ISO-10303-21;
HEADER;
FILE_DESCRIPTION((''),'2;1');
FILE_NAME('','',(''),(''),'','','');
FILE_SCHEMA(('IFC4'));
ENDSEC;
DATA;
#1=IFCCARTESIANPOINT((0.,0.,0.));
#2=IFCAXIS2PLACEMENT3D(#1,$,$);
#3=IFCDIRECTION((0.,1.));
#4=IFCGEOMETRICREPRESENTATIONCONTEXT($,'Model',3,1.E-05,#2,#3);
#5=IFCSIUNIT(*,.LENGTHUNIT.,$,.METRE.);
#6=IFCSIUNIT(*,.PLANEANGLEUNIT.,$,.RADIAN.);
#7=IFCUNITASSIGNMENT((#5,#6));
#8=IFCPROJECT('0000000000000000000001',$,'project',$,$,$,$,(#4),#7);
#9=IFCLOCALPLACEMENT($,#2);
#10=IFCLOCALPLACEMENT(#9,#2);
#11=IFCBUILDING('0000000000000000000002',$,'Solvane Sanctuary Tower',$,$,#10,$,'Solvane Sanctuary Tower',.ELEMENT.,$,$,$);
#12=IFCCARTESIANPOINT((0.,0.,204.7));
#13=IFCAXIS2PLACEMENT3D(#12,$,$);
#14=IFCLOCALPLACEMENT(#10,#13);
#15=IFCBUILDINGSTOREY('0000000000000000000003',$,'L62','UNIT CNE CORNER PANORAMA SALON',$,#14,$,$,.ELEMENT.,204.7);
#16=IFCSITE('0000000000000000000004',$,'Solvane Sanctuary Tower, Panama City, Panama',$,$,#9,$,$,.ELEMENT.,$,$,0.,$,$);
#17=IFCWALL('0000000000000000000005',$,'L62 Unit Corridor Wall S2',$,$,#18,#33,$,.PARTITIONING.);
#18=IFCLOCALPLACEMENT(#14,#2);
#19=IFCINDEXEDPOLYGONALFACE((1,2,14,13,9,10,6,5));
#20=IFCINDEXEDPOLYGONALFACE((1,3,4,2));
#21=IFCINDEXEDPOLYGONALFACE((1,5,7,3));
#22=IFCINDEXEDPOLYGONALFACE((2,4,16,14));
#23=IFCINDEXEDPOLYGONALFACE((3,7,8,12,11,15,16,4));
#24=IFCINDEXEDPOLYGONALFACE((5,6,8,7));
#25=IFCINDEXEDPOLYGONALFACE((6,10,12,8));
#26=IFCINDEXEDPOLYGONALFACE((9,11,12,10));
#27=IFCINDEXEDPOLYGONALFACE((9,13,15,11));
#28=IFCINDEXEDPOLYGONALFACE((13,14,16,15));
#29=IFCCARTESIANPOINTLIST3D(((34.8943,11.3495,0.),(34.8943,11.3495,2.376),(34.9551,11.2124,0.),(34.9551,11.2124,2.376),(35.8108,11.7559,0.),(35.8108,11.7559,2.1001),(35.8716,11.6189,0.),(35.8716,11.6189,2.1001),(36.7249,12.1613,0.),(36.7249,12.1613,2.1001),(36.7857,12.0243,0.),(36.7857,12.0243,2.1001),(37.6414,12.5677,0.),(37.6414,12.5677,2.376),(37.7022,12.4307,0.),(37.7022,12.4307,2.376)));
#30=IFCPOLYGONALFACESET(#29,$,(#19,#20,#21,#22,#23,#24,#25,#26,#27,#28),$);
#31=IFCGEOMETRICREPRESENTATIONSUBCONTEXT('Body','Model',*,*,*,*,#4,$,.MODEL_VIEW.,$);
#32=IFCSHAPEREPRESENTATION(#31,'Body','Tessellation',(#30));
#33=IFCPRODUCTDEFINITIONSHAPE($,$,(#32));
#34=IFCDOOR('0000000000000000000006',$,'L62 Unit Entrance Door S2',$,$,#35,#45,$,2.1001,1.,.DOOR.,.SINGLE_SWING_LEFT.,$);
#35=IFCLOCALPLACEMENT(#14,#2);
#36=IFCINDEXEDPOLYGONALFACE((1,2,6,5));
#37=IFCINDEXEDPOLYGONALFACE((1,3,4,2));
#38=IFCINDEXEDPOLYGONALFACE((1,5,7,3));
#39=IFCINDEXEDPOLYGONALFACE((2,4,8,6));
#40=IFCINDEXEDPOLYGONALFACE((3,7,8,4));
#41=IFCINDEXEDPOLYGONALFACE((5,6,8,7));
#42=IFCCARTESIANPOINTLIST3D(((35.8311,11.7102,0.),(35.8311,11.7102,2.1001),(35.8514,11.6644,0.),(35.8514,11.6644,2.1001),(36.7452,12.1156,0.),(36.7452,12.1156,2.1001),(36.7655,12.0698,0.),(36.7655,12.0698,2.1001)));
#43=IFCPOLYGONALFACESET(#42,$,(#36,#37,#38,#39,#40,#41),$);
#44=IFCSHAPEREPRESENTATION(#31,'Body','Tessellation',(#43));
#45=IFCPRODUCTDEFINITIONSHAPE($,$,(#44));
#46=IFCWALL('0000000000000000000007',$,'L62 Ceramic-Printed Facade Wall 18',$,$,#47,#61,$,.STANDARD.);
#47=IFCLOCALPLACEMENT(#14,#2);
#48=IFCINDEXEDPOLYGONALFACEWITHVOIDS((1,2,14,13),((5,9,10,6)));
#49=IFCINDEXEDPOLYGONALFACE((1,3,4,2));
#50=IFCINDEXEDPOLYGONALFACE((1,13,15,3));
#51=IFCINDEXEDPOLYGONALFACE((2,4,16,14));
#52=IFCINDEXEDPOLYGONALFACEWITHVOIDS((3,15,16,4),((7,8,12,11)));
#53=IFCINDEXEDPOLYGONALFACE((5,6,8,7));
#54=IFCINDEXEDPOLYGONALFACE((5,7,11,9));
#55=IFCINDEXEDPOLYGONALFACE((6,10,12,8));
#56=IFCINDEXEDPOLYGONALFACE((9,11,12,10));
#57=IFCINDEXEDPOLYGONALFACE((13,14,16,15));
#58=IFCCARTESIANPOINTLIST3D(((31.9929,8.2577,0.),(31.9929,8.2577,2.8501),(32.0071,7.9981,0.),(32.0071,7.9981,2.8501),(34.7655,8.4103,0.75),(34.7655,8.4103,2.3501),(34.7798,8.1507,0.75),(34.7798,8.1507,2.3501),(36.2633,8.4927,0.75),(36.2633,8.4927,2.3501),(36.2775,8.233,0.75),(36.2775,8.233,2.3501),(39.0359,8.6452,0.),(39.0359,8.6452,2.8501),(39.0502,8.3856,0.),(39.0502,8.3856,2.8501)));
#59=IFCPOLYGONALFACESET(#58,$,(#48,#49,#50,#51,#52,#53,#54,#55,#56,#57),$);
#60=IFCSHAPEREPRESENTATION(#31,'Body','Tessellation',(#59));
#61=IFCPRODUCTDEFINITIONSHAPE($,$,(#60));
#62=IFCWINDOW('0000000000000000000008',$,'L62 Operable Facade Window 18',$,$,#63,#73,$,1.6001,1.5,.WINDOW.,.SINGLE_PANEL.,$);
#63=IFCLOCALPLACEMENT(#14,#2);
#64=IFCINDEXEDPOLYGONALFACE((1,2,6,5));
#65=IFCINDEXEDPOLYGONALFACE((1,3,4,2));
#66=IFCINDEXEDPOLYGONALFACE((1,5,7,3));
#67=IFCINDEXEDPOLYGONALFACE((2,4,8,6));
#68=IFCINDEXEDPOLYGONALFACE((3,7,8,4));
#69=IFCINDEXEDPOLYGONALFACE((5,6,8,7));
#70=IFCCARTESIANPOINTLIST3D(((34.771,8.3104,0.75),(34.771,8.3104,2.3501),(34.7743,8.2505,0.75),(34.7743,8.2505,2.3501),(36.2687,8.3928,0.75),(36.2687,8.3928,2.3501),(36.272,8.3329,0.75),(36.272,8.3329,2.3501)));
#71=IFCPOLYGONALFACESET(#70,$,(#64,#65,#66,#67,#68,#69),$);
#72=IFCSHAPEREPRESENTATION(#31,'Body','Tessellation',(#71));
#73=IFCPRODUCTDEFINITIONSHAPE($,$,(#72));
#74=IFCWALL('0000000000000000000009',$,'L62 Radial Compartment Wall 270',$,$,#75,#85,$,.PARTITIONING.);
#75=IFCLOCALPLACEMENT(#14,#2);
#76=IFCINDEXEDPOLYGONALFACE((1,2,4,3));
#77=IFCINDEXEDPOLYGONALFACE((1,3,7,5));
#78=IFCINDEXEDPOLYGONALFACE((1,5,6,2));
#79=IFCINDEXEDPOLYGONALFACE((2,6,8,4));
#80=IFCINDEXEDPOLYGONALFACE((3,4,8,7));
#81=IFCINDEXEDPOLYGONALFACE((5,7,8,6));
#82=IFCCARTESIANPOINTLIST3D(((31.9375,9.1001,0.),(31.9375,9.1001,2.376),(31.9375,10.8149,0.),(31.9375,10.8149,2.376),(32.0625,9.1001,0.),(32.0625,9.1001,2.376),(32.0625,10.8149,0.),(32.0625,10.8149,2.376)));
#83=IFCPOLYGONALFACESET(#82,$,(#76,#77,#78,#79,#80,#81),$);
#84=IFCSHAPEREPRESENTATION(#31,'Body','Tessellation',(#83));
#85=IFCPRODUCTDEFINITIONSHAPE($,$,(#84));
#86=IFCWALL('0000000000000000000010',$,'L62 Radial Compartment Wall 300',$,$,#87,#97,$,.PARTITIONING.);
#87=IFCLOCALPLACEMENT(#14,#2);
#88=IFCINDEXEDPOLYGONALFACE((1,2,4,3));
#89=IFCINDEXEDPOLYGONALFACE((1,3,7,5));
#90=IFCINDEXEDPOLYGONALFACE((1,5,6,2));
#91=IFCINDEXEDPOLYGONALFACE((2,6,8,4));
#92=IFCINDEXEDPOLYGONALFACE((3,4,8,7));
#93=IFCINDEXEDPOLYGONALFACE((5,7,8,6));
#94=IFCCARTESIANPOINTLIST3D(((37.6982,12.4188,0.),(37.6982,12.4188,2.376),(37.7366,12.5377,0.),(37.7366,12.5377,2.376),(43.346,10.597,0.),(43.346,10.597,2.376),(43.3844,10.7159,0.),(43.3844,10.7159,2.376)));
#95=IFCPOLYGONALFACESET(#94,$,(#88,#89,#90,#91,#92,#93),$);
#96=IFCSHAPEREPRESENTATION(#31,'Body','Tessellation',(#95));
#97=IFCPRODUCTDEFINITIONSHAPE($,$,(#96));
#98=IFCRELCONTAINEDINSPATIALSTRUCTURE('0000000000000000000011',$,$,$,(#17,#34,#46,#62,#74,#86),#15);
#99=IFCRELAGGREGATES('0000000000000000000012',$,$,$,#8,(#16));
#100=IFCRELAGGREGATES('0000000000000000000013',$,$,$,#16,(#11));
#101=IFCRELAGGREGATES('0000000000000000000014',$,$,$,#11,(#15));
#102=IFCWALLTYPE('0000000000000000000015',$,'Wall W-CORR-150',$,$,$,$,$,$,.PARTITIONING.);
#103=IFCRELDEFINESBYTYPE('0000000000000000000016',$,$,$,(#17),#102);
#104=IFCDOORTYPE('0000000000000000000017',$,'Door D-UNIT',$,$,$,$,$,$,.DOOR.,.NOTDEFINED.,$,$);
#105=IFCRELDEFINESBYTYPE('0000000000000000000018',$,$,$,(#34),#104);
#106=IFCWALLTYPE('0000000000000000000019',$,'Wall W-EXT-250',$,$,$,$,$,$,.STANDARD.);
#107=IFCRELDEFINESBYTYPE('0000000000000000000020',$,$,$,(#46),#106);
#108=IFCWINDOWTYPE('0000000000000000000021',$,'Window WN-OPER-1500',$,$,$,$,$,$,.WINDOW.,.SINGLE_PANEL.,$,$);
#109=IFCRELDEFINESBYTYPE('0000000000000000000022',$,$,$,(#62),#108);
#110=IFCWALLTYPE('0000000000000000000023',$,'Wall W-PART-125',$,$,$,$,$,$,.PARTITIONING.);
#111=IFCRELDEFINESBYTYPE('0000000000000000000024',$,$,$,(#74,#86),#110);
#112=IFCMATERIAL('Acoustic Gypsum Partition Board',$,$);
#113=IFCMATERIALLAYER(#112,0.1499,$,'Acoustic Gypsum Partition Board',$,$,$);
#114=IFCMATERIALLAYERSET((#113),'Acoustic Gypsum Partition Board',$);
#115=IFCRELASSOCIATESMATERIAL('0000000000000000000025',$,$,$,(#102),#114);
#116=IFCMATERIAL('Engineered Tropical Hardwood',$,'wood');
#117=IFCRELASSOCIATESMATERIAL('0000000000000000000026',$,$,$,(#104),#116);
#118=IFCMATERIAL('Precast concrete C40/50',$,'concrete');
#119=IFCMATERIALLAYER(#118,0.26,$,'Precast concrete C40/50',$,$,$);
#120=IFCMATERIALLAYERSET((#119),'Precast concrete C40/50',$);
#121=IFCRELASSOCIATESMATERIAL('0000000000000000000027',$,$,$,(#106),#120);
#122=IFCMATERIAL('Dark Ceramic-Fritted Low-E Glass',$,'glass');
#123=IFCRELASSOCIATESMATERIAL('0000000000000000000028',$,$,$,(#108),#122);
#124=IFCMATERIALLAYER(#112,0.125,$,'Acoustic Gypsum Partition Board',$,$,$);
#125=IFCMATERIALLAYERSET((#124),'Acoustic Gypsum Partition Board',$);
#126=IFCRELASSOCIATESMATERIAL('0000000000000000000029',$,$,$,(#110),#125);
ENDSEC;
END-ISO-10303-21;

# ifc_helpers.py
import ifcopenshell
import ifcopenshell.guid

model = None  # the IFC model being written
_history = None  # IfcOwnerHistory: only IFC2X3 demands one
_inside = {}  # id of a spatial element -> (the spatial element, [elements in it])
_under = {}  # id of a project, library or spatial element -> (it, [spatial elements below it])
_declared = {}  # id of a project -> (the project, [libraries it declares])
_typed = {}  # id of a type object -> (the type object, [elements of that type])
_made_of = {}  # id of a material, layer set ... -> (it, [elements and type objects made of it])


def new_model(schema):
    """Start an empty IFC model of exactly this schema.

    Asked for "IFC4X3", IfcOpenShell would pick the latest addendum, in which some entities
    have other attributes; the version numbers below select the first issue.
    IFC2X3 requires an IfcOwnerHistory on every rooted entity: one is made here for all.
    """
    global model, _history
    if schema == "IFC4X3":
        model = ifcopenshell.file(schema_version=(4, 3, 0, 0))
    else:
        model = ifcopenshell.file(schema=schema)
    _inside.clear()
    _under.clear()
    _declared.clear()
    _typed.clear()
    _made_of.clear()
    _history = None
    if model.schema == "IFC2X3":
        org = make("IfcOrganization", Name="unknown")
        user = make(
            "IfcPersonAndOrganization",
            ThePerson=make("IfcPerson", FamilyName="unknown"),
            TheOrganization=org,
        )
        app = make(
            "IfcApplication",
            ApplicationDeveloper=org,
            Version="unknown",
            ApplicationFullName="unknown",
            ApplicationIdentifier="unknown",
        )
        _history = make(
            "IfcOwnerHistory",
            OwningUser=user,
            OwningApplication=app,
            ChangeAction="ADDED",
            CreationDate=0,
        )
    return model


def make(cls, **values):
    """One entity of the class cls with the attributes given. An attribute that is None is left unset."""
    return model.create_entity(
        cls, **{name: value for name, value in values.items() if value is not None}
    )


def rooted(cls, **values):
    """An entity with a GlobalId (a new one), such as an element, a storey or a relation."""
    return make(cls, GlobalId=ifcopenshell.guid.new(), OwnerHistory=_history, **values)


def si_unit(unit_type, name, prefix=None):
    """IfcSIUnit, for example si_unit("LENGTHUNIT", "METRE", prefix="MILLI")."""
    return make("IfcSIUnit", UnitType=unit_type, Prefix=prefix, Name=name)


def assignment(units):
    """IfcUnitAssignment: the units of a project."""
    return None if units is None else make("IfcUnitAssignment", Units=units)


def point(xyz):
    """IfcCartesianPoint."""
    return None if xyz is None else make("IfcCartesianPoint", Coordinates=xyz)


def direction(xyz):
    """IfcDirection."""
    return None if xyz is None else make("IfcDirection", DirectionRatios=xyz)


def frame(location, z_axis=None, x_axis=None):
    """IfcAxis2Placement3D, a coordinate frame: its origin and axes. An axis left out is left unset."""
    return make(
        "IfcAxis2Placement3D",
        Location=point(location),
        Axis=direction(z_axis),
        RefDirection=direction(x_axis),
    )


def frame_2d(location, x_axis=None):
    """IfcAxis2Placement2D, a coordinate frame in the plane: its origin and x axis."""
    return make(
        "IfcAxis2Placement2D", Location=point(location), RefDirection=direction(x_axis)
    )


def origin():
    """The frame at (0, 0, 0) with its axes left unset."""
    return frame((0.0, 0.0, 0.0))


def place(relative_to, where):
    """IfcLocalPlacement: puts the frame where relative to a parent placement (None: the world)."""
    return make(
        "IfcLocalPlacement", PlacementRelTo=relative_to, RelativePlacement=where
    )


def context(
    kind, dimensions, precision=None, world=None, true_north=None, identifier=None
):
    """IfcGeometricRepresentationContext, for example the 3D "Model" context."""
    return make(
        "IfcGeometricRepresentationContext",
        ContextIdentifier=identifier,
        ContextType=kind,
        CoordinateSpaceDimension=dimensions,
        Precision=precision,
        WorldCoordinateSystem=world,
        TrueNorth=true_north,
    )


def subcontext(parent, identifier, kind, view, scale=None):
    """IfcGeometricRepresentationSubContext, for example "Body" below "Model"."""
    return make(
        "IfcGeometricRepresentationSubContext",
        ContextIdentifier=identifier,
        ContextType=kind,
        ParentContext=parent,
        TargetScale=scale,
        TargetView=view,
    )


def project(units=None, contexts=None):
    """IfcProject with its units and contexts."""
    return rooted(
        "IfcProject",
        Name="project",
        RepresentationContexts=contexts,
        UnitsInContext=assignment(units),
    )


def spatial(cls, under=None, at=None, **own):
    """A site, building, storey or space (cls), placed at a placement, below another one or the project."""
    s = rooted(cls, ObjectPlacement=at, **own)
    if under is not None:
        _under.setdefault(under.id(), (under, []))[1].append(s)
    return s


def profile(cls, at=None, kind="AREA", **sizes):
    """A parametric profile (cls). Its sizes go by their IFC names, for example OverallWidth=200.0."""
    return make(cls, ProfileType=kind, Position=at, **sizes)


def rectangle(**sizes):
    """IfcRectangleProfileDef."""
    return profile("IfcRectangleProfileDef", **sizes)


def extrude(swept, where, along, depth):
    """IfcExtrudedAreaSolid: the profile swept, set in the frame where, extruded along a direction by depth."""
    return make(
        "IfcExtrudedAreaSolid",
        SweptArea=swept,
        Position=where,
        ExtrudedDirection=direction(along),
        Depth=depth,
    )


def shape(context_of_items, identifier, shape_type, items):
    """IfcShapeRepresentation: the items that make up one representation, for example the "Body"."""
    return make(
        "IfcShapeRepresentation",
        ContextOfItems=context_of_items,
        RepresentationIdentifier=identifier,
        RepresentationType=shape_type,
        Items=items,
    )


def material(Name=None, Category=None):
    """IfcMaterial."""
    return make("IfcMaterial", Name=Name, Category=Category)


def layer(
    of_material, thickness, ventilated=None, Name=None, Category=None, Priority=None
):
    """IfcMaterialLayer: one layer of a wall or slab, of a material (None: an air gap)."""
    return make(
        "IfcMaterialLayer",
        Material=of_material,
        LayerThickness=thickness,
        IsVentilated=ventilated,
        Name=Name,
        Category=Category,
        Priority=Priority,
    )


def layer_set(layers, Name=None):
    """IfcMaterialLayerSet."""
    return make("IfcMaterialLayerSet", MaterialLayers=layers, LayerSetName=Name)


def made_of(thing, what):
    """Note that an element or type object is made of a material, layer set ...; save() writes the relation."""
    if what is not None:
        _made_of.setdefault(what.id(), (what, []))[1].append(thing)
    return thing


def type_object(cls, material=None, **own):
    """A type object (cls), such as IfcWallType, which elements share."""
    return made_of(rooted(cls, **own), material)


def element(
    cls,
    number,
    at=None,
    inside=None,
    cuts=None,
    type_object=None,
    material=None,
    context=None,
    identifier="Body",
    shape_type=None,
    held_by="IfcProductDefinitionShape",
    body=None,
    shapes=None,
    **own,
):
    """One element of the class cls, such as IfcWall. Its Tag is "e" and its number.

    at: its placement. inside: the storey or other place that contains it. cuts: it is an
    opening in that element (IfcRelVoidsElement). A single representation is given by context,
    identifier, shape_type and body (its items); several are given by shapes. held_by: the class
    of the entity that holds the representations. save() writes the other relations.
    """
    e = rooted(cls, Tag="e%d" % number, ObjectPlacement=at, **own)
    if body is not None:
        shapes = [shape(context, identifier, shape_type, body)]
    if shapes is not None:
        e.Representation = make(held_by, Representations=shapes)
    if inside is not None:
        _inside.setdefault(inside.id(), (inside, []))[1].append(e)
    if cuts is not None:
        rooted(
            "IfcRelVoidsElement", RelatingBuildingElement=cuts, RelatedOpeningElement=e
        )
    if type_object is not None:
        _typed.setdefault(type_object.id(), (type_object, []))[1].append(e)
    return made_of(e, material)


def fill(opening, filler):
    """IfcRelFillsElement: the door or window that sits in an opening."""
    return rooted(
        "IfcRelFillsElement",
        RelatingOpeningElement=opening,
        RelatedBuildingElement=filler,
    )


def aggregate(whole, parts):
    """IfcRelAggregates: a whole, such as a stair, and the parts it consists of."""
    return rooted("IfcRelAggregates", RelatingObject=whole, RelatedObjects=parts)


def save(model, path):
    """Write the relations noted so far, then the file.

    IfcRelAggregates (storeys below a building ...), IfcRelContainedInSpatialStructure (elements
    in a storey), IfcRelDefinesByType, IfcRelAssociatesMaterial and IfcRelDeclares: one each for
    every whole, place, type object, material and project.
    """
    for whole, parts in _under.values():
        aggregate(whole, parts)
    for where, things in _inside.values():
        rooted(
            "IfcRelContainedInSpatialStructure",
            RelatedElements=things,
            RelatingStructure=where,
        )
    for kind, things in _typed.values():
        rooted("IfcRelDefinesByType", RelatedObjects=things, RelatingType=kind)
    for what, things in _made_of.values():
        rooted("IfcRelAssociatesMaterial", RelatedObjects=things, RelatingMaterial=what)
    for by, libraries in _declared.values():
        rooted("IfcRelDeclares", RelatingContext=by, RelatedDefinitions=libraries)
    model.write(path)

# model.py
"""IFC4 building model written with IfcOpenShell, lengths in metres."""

from ifc_helpers import new_model, si_unit, direction, frame, frame_2d, origin, place, context, subcontext, project, spatial, rectangle, extrude, material, layer, layer_set, type_object, element, fill, save


model = new_model("IFC4")

# Units and contexts
model_context = context("Model", 3, precision=1e-05, world=origin(), true_north=direction((0.0, 1.0)))
body_context = subcontext(model_context, "Body", "Model", "MODEL_VIEW")
ifc_project = project(units=[si_unit("LENGTHUNIT", "METRE"), si_unit("PLANEANGLEUNIT", "RADIAN")], contexts=[model_context])

# Site, building, storey
site_placement = place(None, origin())
site = spatial("IfcSite", under=ifc_project, at=site_placement, Name="Solvane Sanctuary Tower, Panama City, Panama", CompositionType="ELEMENT", RefElevation=0.0)
building_placement = place(site_placement, origin())
building = spatial("IfcBuilding", under=site, at=building_placement, Name="Solvane Sanctuary Tower", LongName="Solvane Sanctuary Tower", CompositionType="ELEMENT")
storey_placement = place(building_placement, frame((0.0, 0.0, 204.7)))
storey = spatial("IfcBuildingStorey", under=building, at=storey_placement, Name="L62", Description="UNIT CNE CORNER PANORAMA SALON", CompositionType="ELEMENT", Elevation=204.7)

# Shared definitions
ifc_material_1 = material(Name="Acoustic Gypsum Partition Board")
ifc_layer_1 = layer(ifc_material_1, 0.1499, Name="Acoustic Gypsum Partition Board")
ifc_layer_set_1 = layer_set([ifc_layer_1], Name="Acoustic Gypsum Partition Board")
wall_type_1 = type_object("IfcWallType", Name="Wall W-CORR-150", PredefinedType="PARTITIONING", material=ifc_layer_set_1)

# Shared definitions
ifc_material_2 = material(Name="Engineered Tropical Hardwood", Category="wood")

# Wall, opening, door
wall_1_placement = place(storey_placement, frame((34.9248, 11.281, 0.0), z_axis=(0.0, 0.0, 1.0), x_axis=(0.91414, 0.4054, 0.0)))
wall_1 = element("IfcWall", 1, at=wall_1_placement, inside=storey, type_object=wall_type_1, Name="L62 Unit Corridor Wall S2", PredefinedType="PARTITIONING", context=body_context, shape_type="SweptSolid", body=[
    extrude(rectangle(XDim=3.0051, YDim=0.1499, at=frame_2d((1.5024, 0.0))), origin(), (0.0, 0.0, 1.0), 2.376),
])
opening_1_placement = place(wall_1_placement, frame((1.0024, 0.0, 0.0)))
opening_1 = element("IfcOpeningElement", 2, at=opening_1_placement, cuts=wall_1, PredefinedType="OPENING", context=body_context, shape_type="SweptSolid", body=[
    extrude(rectangle(XDim=1.0, YDim=2.1001, at=frame_2d((0.5, 1.05))), frame((0.0, 0.085, 0.0), z_axis=(0.0, -1.0, 0.0), x_axis=(1.0, 0.0, 0.0)), (0.0, 0.0, 1.0), 0.1699),
])
door_type_1 = type_object("IfcDoorType", Name="Door D-UNIT", OperationType="NOTDEFINED", PredefinedType="DOOR", material=ifc_material_2)
door_1_placement = place(opening_1_placement, origin())
door_1 = element("IfcDoor", 3, at=door_1_placement, inside=storey, type_object=door_type_1, Name="L62 Unit Entrance Door S2", OperationType="SINGLE_SWING_LEFT", OverallHeight=2.1001, OverallWidth=1.0, PredefinedType="DOOR", context=body_context, shape_type="SweptSolid", body=[
    extrude(rectangle(XDim=1.0, YDim=2.1001, at=frame_2d((0.5, 1.05))), frame((0.0, 0.0249, 0.0), z_axis=(0.0, -1.0, 0.0), x_axis=(1.0, 0.0, 0.0)), (0.0, 0.0, 1.0), 0.05),
])
fill(opening_1, door_1)

# Wall, opening, window
ifc_material_3 = material(Name="Precast concrete C40/50", Category="concrete")
ifc_layer_2 = layer(ifc_material_3, 0.26, Name="Precast concrete C40/50")
ifc_layer_set_2 = layer_set([ifc_layer_2], Name="Precast concrete C40/50")
wall_type_2 = type_object("IfcWallType", Name="Wall W-EXT-250", PredefinedType="STANDARD", material=ifc_layer_set_2)
wall_2_placement = place(storey_placement, frame((32.0, 8.1279, 0.0), z_axis=(0.0, 0.0, 1.0), x_axis=(0.99849, 0.054929, 0.0)))
wall_2 = element("IfcWall", 4, at=wall_2_placement, inside=storey, type_object=wall_type_2, Name="L62 Ceramic-Printed Facade Wall 18", PredefinedType="STANDARD", context=body_context, shape_type="SweptSolid", body=[
    extrude(rectangle(XDim=7.0537, YDim=0.26, at=frame_2d((3.5269, 0.0))), origin(), (0.0, 0.0, 1.0), 2.8501),
])
opening_2_placement = place(wall_2_placement, frame((2.7769, 0.0, 0.75)))
opening_2 = element("IfcOpeningElement", 5, at=opening_2_placement, cuts=wall_2, PredefinedType="OPENING", context=body_context, shape_type="SweptSolid", body=[
    extrude(rectangle(XDim=1.5, YDim=1.6001, at=frame_2d((0.75, 0.8))), frame((0.0, 0.1399, 0.0), z_axis=(0.0, -1.0, 0.0), x_axis=(1.0, 0.0, 0.0)), (0.0, 0.0, 1.0), 0.28),
])
ifc_material_4 = material(Name="Dark Ceramic-Fritted Low-E Glass", Category="glass")
window_type = type_object("IfcWindowType", Name="Window WN-OPER-1500", PartitioningType="SINGLE_PANEL", PredefinedType="WINDOW", material=ifc_material_4)
window_placement = place(opening_2_placement, origin())
window = element("IfcWindow", 6, at=window_placement, inside=storey, type_object=window_type, Name="L62 Operable Facade Window 18", OverallHeight=1.6001, OverallWidth=1.5, PartitioningType="SINGLE_PANEL", PredefinedType="WINDOW", context=body_context, shape_type="SweptSolid", body=[
    extrude(rectangle(XDim=1.5, YDim=1.6001, at=frame_2d((0.75, 0.8))), frame((0.0, 0.03, 0.0), z_axis=(0.0, -1.0, 0.0), x_axis=(1.0, 0.0, 0.0)), (0.0, 0.0, 1.0), 0.0601),
])
fill(opening_2, window)

# Walls
ifc_layer_3 = layer(ifc_material_1, 0.125, Name="Acoustic Gypsum Partition Board")
ifc_layer_set_3 = layer_set([ifc_layer_3], Name="Acoustic Gypsum Partition Board")
wall_type_3 = type_object("IfcWallType", Name="Wall W-PART-125", PredefinedType="PARTITIONING", material=ifc_layer_set_3)
wall_3_placement = place(storey_placement, frame((32.0, 10.8149, 0.0), z_axis=(0.0, 0.0, 1.0), x_axis=(0.0, -1.0, 0.0)))
element("IfcWall", 7, at=wall_3_placement, inside=storey, type_object=wall_type_3, Name="L62 Radial Compartment Wall 270", PredefinedType="PARTITIONING", context=body_context, shape_type="SweptSolid", body=[
    extrude(rectangle(XDim=1.7148, YDim=0.125, at=frame_2d((0.8574, 0.0))), origin(), (0.0, 0.0, 1.0), 2.376),
])
wall_4_placement = place(storey_placement, frame((37.7173, 12.4783, 0.0), z_axis=(0.0, 0.0, 1.0), x_axis=(0.951712, -0.306993, 0.0)))
element("IfcWall", 8, at=wall_4_placement, inside=storey, type_object=wall_type_3, Name="L62 Radial Compartment Wall 300", PredefinedType="PARTITIONING", context=body_context, shape_type="SweptSolid", body=[
    extrude(rectangle(XDim=5.9343, YDim=0.125, at=frame_2d((2.9673, 0.0))), origin(), (0.0, 0.0, 1.0), 2.376),
])

save(model, "model.ifc")
